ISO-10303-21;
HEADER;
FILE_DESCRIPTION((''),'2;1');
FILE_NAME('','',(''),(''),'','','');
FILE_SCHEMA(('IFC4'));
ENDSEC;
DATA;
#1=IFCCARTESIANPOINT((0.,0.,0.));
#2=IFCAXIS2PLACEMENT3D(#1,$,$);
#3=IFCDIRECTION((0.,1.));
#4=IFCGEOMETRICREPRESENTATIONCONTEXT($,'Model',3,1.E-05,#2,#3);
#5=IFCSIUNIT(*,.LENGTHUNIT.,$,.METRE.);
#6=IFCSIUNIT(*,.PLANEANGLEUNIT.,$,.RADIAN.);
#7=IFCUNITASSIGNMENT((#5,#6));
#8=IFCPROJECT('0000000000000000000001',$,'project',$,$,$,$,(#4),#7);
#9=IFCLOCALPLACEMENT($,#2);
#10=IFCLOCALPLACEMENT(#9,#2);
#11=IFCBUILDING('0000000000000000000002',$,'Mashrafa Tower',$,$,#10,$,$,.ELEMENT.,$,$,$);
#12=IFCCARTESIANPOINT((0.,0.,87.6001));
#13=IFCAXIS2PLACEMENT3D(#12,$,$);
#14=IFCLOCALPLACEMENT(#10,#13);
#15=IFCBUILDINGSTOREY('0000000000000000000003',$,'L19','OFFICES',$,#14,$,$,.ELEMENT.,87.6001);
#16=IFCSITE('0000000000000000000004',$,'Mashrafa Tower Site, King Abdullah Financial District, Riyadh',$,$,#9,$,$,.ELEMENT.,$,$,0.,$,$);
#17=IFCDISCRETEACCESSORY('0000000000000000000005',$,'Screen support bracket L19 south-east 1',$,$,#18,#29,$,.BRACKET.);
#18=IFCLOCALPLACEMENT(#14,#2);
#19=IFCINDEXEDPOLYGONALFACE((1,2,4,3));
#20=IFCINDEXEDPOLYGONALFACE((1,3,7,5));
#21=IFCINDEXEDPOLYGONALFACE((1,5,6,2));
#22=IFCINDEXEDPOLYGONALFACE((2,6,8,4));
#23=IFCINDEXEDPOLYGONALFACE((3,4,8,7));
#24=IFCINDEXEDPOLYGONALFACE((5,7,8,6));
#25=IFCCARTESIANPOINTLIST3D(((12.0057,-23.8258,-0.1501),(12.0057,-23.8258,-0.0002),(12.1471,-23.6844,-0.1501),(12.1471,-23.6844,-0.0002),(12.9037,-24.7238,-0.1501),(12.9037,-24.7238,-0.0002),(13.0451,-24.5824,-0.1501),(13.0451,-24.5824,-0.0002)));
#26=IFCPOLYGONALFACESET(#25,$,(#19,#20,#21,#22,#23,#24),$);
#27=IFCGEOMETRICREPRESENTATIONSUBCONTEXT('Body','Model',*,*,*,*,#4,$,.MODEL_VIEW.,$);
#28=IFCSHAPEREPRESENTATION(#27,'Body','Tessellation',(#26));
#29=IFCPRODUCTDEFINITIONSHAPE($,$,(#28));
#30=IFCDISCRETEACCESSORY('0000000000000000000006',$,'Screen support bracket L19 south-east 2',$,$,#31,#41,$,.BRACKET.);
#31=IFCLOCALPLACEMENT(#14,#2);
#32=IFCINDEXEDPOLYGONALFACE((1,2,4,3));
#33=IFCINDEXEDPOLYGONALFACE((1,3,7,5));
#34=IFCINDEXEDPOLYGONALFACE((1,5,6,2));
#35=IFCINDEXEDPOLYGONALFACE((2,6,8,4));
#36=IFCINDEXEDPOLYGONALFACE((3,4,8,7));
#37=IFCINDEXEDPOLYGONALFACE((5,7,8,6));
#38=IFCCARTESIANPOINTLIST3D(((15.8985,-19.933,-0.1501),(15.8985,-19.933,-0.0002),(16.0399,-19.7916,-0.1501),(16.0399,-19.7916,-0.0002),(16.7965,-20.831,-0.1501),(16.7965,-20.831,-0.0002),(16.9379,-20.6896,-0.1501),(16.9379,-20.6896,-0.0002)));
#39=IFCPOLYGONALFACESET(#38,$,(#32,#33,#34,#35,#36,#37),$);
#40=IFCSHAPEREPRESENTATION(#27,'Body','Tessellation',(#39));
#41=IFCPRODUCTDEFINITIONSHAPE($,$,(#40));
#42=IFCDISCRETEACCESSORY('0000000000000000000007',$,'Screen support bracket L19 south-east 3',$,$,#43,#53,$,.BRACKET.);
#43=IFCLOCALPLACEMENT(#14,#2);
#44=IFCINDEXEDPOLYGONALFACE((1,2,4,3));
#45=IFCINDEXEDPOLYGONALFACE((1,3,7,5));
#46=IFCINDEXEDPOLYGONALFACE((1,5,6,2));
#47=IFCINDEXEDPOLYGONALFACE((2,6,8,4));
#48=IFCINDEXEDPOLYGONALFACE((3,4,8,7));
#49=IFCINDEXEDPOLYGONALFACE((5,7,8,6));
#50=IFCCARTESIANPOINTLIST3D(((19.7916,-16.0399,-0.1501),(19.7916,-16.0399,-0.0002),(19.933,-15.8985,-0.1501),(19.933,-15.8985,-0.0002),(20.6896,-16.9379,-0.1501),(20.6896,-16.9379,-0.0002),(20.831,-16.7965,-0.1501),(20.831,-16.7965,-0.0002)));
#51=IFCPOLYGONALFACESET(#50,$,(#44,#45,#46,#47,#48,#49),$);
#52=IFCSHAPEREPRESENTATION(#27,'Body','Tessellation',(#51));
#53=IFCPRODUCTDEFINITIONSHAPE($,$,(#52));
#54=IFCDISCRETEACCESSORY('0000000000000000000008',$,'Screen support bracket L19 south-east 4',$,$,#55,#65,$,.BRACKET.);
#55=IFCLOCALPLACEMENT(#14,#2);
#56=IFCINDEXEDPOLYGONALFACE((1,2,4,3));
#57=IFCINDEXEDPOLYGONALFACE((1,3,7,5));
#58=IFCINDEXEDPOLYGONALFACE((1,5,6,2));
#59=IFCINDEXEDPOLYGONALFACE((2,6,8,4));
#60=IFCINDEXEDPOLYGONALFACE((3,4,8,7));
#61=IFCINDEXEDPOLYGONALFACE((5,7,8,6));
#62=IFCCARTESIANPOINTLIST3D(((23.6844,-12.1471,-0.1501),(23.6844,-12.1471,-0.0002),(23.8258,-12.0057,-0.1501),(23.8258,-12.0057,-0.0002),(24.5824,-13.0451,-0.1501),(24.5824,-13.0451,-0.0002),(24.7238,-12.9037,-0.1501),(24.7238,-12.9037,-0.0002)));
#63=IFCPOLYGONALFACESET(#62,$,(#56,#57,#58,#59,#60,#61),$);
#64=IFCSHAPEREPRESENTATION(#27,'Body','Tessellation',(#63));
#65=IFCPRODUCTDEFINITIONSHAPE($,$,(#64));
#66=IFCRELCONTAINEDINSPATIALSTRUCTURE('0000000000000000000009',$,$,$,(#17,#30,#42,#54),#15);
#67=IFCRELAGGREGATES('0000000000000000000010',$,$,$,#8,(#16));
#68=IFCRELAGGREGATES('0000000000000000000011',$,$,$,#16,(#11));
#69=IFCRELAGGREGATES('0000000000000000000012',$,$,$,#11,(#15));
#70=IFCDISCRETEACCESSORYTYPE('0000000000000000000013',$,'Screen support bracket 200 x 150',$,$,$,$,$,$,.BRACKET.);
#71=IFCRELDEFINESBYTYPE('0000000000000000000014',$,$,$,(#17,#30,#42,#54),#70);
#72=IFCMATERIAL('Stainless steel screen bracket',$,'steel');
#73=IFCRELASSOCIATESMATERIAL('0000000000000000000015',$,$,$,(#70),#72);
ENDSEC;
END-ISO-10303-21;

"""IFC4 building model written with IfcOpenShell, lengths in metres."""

from ifc_helpers import new_model, si_unit, direction, frame, origin, origin_2d, place, context, subcontext, project, spatial, rectangle, extrude, source, transform, mapped, material, type_object, type_shapes, element, save


model = new_model("IFC4")

# Units and contexts
model_context = context("Model", 3, precision=1e-05, world=origin(), true_north=direction((0.0, 1.0)))
body_context = subcontext(model_context, "Body", "Model", "MODEL_VIEW")
ifc_project = project(units=[si_unit("LENGTHUNIT", "METRE"), si_unit("PLANEANGLEUNIT", "RADIAN")], contexts=[model_context])

# Site, building, storey
site_placement = place(None, origin())
site = spatial("IfcSite", under=ifc_project, at=site_placement, Name="Mashrafa Tower Site, King Abdullah Financial District, Riyadh", CompositionType="ELEMENT", RefElevation=0.0)
building_placement = place(site_placement, origin())
building = spatial("IfcBuilding", under=site, at=building_placement, Name="Mashrafa Tower", CompositionType="ELEMENT")
storey_placement = place(building_placement, frame((0.0, 0.0, 87.6001)))
storey = spatial("IfcBuildingStorey", under=building, at=storey_placement, Name="L19", Description="OFFICES", CompositionType="ELEMENT", Elevation=87.6001)

# Discrete accessories
ifc_material_1 = material(Name="Stainless steel screen bracket", Category="steel")
discrete_accessory_type = type_object("IfcDiscreteAccessoryType", Name="Screen support bracket 200 x 150", PredefinedType="BRACKET", material=ifc_material_1)
shared_shape_1 = source(origin(), body_context, "Body", "SweptSolid", [
    extrude(rectangle(XDim=0.2, YDim=1.27, at=origin_2d()), origin(), (0.0, 0.0, 1.0), 0.1499),
])
type_shapes(discrete_accessory_type, [shared_shape_1])
for number, where, z_axis, x_axis, name in (
    (1, (12.5254, -24.2041, -0.1501), (0.0, 0.0, 1.0), (0.707107, 0.707107, 0.0), "Screen support bracket L19 south-east 1"),
    (2, (16.4182, -20.3113, -0.1501), (0.0, 0.0, 1.0), (0.707107, 0.707107, 0.0), "Screen support bracket L19 south-east 2"),
    (3, (20.3113, -16.4182, -0.1501), (0.0, 0.0, 1.0), (0.707107, 0.707107, 0.0), "Screen support bracket L19 south-east 3"),
    (4, (24.2041, -12.5254, -0.1501), (0.0, 0.0, 1.0), (0.707107, 0.707107, 0.0), "Screen support bracket L19 south-east 4"),
):
    element("IfcDiscreteAccessory", number, at=place(storey_placement, frame(where, z_axis=z_axis, x_axis=x_axis)), inside=storey, type_object=discrete_accessory_type, Name=name, PredefinedType="BRACKET", context=body_context, shape_type="MappedRepresentation", body=[
        mapped(shared_shape_1, transform((0.0, 0.0, 0.0))),
    ])

save(model, "model.ifc")
